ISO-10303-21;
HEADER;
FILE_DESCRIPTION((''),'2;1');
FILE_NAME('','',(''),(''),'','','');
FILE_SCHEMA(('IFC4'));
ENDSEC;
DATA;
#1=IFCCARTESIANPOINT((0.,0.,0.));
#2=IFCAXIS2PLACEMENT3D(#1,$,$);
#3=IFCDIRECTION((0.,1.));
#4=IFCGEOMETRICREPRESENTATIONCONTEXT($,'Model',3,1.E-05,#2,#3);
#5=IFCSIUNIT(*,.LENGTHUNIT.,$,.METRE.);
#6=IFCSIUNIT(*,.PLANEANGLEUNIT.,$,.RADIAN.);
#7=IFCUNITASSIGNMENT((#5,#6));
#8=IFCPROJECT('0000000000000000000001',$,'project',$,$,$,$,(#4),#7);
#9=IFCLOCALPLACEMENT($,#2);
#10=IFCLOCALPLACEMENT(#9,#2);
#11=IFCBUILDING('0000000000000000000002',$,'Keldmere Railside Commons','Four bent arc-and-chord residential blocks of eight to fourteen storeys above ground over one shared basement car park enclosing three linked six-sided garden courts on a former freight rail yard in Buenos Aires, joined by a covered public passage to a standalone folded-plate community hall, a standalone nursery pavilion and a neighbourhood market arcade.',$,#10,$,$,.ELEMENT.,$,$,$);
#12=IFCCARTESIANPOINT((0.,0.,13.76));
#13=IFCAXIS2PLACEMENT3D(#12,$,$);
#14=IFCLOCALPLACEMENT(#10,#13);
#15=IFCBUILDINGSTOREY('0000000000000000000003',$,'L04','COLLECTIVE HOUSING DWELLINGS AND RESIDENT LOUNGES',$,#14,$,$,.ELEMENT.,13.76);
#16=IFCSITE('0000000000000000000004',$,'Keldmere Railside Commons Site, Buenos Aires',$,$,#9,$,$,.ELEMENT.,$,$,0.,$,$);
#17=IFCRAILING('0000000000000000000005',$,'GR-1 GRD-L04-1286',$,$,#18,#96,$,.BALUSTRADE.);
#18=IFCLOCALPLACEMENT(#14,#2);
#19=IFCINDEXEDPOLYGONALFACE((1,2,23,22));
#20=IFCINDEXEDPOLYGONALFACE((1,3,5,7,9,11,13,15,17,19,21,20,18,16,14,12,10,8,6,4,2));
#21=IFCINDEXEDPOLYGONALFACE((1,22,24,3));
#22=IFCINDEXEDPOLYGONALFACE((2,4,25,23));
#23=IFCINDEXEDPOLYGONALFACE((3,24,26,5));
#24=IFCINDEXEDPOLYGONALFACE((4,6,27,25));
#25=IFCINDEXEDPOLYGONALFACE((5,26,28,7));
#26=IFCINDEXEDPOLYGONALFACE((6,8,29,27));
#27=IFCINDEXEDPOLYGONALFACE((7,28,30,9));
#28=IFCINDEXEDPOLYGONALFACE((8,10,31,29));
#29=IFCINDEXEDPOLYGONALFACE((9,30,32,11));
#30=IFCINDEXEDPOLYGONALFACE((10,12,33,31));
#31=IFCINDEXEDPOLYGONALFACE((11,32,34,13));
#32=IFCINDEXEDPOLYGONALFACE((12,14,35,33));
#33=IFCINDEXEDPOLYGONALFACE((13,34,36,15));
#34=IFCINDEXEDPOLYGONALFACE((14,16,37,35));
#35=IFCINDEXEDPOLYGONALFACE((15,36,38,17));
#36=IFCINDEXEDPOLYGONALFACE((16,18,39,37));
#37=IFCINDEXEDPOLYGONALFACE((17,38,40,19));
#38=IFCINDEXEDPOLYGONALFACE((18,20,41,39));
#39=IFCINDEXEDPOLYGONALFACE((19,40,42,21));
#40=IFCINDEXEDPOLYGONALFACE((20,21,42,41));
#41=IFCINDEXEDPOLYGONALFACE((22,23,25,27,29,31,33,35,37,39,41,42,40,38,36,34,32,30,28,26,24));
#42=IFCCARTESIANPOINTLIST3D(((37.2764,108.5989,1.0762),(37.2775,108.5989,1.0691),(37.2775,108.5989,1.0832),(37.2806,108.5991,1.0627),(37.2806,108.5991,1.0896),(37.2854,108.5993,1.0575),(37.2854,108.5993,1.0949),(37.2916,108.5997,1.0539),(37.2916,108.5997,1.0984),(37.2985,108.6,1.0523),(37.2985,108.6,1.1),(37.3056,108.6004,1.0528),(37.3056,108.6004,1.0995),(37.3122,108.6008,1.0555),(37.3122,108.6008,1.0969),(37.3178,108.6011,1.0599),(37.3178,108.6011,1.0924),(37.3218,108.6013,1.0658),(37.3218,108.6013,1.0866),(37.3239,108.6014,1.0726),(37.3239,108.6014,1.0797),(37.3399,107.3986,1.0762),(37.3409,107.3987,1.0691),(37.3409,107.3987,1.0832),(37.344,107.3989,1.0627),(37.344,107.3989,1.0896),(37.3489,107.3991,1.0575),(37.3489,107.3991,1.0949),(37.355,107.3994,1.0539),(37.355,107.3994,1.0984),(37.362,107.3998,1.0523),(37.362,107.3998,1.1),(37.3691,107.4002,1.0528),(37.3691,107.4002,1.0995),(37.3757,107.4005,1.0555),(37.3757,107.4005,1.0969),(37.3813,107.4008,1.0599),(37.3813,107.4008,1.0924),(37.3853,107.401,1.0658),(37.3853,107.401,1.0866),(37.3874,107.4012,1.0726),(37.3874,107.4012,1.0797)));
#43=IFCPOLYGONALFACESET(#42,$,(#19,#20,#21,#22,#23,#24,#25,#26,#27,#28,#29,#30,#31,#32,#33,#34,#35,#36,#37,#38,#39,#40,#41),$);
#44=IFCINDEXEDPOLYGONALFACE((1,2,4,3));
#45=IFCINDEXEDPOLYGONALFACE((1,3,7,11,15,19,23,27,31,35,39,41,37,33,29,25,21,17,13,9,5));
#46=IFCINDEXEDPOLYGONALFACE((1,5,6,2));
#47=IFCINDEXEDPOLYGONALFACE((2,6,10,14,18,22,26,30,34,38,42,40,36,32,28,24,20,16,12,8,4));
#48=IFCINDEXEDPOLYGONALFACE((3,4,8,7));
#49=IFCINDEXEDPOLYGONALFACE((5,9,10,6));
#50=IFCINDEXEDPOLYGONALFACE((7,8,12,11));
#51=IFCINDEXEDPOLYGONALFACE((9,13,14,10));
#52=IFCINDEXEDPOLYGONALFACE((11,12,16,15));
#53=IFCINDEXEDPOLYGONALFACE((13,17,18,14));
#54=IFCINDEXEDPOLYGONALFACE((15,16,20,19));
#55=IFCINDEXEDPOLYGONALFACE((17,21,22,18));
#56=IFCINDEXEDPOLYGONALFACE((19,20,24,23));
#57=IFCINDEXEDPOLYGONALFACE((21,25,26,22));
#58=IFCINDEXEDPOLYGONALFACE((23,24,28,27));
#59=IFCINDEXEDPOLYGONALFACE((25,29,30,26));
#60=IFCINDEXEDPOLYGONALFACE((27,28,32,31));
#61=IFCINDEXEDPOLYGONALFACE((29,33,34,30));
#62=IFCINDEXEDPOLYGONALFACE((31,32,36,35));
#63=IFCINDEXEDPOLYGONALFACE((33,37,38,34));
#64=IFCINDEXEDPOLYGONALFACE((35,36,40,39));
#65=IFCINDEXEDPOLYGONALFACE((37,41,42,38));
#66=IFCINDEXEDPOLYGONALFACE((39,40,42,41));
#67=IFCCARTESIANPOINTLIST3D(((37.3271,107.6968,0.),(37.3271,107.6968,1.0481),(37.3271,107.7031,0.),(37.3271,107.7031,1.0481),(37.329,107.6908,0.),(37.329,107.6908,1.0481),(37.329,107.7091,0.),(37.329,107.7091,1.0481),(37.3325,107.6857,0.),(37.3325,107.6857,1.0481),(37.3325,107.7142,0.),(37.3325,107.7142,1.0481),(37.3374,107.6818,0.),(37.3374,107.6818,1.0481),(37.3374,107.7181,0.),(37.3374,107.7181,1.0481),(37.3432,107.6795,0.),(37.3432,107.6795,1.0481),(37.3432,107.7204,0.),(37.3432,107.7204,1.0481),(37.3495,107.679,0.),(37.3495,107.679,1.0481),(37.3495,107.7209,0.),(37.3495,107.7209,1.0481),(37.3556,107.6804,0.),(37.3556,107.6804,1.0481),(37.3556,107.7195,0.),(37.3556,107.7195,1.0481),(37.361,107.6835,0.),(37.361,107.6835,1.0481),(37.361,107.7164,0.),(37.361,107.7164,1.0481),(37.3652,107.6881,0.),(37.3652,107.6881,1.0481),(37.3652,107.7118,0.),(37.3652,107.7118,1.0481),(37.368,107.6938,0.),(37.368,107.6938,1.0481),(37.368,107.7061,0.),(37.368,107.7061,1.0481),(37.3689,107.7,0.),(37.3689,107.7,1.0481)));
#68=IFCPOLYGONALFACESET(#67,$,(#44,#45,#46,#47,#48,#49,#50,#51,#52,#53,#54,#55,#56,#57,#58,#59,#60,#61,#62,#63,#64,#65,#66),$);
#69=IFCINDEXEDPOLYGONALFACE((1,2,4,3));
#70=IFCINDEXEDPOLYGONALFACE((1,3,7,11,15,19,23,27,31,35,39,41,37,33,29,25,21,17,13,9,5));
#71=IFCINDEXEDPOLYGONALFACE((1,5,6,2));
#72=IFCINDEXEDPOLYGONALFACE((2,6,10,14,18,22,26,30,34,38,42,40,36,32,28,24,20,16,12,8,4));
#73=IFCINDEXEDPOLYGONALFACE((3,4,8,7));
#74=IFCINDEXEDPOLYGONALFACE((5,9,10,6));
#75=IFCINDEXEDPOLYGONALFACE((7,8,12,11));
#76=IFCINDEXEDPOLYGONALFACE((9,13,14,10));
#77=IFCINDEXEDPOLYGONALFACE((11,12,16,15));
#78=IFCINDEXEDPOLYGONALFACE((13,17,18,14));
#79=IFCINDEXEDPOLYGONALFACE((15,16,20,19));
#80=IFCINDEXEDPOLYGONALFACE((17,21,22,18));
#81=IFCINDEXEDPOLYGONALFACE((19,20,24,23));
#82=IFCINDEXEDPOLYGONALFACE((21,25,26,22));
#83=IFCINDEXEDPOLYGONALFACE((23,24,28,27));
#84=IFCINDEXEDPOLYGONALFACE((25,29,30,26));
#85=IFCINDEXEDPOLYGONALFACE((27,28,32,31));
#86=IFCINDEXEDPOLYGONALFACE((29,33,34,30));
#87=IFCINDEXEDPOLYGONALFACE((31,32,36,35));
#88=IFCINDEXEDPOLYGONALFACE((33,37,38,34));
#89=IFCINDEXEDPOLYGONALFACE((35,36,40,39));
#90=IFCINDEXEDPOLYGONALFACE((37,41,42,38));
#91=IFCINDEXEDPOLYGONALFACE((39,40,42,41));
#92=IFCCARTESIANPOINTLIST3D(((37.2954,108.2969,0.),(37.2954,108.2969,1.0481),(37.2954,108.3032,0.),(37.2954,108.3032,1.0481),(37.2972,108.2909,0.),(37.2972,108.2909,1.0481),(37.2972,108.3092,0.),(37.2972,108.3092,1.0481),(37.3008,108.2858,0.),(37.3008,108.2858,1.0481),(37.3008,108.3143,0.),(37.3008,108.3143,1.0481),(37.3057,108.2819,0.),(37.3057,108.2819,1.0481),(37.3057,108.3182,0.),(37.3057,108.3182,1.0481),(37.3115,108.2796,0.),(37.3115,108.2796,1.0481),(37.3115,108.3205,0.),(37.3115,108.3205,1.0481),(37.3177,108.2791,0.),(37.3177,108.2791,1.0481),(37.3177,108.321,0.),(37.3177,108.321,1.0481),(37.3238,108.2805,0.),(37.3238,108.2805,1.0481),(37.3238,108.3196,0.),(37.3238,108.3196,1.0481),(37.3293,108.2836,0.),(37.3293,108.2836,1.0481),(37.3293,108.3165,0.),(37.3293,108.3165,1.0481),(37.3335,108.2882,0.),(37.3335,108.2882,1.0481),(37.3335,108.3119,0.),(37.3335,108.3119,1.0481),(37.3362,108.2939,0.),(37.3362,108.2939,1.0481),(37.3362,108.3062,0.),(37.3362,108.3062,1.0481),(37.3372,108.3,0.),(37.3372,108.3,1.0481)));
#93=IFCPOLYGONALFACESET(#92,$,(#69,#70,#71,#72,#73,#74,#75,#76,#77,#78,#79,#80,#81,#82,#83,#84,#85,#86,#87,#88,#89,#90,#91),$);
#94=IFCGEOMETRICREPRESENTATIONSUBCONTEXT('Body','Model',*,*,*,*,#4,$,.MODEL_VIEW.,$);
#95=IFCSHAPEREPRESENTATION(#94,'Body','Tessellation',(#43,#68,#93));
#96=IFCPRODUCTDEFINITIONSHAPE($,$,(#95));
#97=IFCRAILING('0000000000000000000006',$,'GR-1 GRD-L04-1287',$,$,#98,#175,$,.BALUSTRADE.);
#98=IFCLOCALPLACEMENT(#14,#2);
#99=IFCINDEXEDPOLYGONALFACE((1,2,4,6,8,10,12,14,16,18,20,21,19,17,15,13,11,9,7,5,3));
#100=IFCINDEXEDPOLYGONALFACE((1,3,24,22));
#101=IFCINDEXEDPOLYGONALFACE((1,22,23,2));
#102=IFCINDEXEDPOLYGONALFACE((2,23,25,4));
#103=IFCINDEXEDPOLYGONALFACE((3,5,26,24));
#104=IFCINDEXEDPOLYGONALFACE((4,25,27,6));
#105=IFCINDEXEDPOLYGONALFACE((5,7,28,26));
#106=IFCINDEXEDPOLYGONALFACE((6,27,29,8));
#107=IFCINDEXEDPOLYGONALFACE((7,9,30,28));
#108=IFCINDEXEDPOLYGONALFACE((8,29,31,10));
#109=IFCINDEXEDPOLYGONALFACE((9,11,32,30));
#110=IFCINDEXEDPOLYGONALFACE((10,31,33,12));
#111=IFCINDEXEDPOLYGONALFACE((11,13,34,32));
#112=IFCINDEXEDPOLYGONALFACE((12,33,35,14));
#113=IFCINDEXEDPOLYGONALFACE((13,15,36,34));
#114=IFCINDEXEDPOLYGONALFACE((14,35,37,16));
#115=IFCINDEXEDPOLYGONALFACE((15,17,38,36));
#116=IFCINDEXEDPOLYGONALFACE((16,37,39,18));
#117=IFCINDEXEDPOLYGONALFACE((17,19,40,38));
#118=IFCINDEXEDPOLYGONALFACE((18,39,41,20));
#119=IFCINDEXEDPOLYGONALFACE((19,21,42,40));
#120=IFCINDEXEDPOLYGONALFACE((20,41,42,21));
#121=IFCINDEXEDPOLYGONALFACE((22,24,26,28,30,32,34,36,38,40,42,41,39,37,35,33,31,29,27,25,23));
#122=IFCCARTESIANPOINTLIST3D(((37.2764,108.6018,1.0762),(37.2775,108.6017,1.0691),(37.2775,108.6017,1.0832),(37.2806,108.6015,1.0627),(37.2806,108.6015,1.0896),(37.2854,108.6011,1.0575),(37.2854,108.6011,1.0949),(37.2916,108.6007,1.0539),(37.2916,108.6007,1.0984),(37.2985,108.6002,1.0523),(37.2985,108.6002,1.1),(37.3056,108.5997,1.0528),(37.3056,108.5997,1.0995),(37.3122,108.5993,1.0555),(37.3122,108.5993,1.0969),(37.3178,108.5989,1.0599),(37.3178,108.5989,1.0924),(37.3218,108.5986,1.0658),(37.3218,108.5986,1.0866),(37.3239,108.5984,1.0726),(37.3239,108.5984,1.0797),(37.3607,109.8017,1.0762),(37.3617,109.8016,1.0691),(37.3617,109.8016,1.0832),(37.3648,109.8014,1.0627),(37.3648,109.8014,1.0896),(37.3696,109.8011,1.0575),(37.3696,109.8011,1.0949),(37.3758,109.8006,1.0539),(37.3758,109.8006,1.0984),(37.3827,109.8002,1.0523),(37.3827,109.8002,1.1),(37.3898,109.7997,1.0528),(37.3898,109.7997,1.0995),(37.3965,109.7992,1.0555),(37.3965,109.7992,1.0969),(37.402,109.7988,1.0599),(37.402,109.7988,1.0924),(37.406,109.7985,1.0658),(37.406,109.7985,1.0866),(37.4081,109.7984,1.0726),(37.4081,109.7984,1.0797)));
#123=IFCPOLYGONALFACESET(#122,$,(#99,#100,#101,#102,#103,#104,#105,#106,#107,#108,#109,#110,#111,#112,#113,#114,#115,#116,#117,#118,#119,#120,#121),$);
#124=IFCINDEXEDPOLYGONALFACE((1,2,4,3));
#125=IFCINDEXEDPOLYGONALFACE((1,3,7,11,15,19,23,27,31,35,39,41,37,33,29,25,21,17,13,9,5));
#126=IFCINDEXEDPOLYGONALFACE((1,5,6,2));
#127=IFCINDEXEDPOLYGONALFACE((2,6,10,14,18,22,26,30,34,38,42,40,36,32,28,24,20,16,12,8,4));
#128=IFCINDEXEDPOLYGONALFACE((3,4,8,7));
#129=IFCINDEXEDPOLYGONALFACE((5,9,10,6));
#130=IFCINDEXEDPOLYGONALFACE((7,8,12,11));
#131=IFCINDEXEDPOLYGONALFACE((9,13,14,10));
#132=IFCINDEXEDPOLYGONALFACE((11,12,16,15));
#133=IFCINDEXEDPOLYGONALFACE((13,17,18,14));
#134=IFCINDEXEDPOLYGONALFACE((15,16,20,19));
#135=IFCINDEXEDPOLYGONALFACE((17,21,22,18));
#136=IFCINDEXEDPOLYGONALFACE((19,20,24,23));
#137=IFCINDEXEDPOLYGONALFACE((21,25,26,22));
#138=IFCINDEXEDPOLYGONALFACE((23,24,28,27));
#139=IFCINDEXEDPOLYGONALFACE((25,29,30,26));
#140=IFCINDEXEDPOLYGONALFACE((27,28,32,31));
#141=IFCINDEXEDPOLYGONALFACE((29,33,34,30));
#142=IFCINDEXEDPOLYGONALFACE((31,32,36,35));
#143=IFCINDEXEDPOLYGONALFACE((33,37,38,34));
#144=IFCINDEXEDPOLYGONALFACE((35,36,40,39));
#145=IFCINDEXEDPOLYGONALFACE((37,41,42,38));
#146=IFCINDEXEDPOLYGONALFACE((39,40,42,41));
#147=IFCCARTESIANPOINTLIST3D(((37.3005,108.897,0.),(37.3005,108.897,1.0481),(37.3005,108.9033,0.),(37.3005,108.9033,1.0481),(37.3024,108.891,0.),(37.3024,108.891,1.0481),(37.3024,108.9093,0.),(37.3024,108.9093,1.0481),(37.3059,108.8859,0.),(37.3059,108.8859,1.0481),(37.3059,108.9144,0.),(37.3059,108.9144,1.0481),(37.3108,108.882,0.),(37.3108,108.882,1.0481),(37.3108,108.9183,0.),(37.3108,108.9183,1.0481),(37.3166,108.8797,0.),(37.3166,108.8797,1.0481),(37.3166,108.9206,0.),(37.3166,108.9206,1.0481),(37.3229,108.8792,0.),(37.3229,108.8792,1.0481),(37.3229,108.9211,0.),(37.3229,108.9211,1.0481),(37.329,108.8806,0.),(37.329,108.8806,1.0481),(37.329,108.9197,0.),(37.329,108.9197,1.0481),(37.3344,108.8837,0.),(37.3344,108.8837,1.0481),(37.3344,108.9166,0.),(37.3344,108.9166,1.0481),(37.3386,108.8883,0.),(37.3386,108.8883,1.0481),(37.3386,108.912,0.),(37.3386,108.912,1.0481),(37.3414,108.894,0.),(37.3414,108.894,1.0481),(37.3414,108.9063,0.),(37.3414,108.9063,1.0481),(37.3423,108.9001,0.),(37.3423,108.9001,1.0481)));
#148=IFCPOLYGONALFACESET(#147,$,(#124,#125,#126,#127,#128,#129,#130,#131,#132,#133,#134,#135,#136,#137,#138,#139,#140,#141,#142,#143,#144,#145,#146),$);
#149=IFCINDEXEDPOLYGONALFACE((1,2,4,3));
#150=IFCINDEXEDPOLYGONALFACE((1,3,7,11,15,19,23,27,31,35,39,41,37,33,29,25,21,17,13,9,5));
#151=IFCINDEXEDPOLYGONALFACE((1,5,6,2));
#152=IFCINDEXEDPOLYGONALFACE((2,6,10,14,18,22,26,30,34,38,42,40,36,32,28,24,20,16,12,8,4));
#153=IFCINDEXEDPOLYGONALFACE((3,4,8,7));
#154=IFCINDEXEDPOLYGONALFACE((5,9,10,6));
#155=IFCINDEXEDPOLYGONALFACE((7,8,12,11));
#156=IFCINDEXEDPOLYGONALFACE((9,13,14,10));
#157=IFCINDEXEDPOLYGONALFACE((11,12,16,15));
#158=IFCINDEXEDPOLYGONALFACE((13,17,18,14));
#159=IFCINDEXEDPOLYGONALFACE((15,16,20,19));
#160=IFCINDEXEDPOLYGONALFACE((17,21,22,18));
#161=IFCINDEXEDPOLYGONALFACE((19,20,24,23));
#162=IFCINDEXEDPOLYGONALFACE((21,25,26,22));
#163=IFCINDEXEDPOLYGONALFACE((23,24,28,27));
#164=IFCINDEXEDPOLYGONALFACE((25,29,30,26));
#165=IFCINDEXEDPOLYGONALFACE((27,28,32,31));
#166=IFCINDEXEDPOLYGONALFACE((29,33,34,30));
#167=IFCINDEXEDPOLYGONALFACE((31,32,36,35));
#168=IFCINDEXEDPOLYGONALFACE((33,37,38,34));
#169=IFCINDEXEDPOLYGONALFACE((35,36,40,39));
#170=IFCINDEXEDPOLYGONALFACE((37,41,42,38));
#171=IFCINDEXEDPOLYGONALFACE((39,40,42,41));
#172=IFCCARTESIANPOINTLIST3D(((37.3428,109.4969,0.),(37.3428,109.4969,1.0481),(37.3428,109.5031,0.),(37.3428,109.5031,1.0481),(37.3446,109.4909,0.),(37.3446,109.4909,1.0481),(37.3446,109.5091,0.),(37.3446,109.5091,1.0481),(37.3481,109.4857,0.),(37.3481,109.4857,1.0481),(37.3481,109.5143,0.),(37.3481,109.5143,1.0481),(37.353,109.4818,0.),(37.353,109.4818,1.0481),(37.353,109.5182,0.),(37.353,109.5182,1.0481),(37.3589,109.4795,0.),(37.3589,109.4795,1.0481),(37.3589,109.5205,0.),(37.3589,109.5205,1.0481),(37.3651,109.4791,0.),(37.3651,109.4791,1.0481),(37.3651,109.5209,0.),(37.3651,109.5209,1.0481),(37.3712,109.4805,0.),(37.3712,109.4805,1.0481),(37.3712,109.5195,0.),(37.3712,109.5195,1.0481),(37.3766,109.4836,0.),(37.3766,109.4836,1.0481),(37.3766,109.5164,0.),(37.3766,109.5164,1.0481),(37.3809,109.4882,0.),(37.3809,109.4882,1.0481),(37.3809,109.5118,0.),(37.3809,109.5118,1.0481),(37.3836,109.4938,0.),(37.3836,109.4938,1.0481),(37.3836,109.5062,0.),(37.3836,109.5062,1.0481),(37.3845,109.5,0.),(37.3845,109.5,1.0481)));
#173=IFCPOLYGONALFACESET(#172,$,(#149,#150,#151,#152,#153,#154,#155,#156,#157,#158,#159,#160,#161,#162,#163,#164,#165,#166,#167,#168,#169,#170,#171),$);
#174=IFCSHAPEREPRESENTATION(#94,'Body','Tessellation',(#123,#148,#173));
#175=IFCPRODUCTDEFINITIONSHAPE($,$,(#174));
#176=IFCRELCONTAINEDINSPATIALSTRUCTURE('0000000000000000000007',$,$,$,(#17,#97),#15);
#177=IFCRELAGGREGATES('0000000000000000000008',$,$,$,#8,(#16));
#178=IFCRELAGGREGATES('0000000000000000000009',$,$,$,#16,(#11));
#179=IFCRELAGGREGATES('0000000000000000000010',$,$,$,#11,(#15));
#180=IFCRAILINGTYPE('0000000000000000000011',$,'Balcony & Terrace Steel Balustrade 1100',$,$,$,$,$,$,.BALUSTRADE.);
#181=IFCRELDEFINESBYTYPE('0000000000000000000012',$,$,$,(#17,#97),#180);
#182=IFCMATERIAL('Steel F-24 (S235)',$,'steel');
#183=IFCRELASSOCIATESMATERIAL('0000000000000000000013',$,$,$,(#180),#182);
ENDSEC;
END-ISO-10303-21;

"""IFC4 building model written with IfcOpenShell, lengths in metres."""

from ifc_helpers import new_model, si_unit, direction, frame, origin, origin_2d, place, context, subcontext, project, spatial, circle, extrude, material, type_object, element, save


model = new_model("IFC4")

# Units and contexts
model_context = context("Model", 3, precision=1e-05, world=origin(), true_north=direction((0.0, 1.0)))
body_context = subcontext(model_context, "Body", "Model", "MODEL_VIEW")
ifc_project = project(units=[si_unit("LENGTHUNIT", "METRE"), si_unit("PLANEANGLEUNIT", "RADIAN")], contexts=[model_context])

# Site, building, storey
site_placement = place(None, origin())
site = spatial("IfcSite", under=ifc_project, at=site_placement, Name="Keldmere Railside Commons Site, Buenos Aires", CompositionType="ELEMENT", RefElevation=0.0)
building_placement = place(site_placement, origin())
building = spatial("IfcBuilding", under=site, at=building_placement, Name="Keldmere Railside Commons", Description="Four bent arc-and-chord residential blocks of eight to fourteen storeys above ground over one shared basement car park enclosing three linked six-sided garden courts on a former freight rail yard in Buenos Aires, joined by a covered public passage to a standalone folded-plate community hall, a standalone nursery pavilion and a neighbourhood market arcade.", CompositionType="ELEMENT")
storey_placement = place(building_placement, frame((0.0, 0.0, 13.76)))
storey = spatial("IfcBuildingStorey", under=building, at=storey_placement, Name="L04", Description="COLLECTIVE HOUSING DWELLINGS AND RESIDENT LOUNGES", CompositionType="ELEMENT", Elevation=13.76)

# Railings
ifc_material_1 = material(Name="Steel F-24 (S235)", Category="steel")
railing_type = type_object("IfcRailingType", Name="Balcony & Terrace Steel Balustrade 1100", PredefinedType="BALUSTRADE", material=ifc_material_1)
railing_1_placement = place(storey_placement, frame((37.3638, 107.3999, 0.0)))
element("IfcRailing", 1, at=railing_1_placement, inside=storey, type_object=railing_type, Name="GR-1 GRD-L04-1286", PredefinedType="BALUSTRADE", context=body_context, shape_type="SweptSolid", body=[
    extrude(circle(Radius=0.0239, at=origin_2d()), frame((0.0, 0.0, 1.0762), z_axis=(-0.052815, 0.998604, 0.0), x_axis=(-0.998604, -0.052815, 0.0)), (0.0, 0.0, 1.0), 1.2019),
    extrude(circle(Radius=0.021, at=origin_2d()), frame((-0.0159, 0.3, 0.0)), (0.0, 0.0, 1.0), 1.0481),
    extrude(circle(Radius=0.021, at=origin_2d()), frame((-0.0476, 0.9001, 0.0)), (0.0, 0.0, 1.0), 1.0481),
])
railing_2_placement = place(storey_placement, frame((37.3003, 108.6001, 0.0)))
element("IfcRailing", 2, at=railing_2_placement, inside=storey, type_object=railing_type, Name="GR-1 GRD-L04-1287", PredefinedType="BALUSTRADE", context=body_context, shape_type="SweptSolid", body=[
    extrude(circle(Radius=0.0239, at=origin_2d()), frame((0.0, 0.0, 1.0762), z_axis=(0.070021, 0.997546, 0.0), x_axis=(-0.997546, 0.070021, 0.0)), (0.0, 0.0, 1.0), 1.2029),
    extrude(circle(Radius=0.021, at=origin_2d()), frame((0.021, 0.3, 0.0)), (0.0, 0.0, 1.0), 1.0481),
    extrude(circle(Radius=0.021, at=origin_2d()), frame((0.0632, 0.8999, 0.0)), (0.0, 0.0, 1.0), 1.0481),
])

save(model, "model.ifc")
